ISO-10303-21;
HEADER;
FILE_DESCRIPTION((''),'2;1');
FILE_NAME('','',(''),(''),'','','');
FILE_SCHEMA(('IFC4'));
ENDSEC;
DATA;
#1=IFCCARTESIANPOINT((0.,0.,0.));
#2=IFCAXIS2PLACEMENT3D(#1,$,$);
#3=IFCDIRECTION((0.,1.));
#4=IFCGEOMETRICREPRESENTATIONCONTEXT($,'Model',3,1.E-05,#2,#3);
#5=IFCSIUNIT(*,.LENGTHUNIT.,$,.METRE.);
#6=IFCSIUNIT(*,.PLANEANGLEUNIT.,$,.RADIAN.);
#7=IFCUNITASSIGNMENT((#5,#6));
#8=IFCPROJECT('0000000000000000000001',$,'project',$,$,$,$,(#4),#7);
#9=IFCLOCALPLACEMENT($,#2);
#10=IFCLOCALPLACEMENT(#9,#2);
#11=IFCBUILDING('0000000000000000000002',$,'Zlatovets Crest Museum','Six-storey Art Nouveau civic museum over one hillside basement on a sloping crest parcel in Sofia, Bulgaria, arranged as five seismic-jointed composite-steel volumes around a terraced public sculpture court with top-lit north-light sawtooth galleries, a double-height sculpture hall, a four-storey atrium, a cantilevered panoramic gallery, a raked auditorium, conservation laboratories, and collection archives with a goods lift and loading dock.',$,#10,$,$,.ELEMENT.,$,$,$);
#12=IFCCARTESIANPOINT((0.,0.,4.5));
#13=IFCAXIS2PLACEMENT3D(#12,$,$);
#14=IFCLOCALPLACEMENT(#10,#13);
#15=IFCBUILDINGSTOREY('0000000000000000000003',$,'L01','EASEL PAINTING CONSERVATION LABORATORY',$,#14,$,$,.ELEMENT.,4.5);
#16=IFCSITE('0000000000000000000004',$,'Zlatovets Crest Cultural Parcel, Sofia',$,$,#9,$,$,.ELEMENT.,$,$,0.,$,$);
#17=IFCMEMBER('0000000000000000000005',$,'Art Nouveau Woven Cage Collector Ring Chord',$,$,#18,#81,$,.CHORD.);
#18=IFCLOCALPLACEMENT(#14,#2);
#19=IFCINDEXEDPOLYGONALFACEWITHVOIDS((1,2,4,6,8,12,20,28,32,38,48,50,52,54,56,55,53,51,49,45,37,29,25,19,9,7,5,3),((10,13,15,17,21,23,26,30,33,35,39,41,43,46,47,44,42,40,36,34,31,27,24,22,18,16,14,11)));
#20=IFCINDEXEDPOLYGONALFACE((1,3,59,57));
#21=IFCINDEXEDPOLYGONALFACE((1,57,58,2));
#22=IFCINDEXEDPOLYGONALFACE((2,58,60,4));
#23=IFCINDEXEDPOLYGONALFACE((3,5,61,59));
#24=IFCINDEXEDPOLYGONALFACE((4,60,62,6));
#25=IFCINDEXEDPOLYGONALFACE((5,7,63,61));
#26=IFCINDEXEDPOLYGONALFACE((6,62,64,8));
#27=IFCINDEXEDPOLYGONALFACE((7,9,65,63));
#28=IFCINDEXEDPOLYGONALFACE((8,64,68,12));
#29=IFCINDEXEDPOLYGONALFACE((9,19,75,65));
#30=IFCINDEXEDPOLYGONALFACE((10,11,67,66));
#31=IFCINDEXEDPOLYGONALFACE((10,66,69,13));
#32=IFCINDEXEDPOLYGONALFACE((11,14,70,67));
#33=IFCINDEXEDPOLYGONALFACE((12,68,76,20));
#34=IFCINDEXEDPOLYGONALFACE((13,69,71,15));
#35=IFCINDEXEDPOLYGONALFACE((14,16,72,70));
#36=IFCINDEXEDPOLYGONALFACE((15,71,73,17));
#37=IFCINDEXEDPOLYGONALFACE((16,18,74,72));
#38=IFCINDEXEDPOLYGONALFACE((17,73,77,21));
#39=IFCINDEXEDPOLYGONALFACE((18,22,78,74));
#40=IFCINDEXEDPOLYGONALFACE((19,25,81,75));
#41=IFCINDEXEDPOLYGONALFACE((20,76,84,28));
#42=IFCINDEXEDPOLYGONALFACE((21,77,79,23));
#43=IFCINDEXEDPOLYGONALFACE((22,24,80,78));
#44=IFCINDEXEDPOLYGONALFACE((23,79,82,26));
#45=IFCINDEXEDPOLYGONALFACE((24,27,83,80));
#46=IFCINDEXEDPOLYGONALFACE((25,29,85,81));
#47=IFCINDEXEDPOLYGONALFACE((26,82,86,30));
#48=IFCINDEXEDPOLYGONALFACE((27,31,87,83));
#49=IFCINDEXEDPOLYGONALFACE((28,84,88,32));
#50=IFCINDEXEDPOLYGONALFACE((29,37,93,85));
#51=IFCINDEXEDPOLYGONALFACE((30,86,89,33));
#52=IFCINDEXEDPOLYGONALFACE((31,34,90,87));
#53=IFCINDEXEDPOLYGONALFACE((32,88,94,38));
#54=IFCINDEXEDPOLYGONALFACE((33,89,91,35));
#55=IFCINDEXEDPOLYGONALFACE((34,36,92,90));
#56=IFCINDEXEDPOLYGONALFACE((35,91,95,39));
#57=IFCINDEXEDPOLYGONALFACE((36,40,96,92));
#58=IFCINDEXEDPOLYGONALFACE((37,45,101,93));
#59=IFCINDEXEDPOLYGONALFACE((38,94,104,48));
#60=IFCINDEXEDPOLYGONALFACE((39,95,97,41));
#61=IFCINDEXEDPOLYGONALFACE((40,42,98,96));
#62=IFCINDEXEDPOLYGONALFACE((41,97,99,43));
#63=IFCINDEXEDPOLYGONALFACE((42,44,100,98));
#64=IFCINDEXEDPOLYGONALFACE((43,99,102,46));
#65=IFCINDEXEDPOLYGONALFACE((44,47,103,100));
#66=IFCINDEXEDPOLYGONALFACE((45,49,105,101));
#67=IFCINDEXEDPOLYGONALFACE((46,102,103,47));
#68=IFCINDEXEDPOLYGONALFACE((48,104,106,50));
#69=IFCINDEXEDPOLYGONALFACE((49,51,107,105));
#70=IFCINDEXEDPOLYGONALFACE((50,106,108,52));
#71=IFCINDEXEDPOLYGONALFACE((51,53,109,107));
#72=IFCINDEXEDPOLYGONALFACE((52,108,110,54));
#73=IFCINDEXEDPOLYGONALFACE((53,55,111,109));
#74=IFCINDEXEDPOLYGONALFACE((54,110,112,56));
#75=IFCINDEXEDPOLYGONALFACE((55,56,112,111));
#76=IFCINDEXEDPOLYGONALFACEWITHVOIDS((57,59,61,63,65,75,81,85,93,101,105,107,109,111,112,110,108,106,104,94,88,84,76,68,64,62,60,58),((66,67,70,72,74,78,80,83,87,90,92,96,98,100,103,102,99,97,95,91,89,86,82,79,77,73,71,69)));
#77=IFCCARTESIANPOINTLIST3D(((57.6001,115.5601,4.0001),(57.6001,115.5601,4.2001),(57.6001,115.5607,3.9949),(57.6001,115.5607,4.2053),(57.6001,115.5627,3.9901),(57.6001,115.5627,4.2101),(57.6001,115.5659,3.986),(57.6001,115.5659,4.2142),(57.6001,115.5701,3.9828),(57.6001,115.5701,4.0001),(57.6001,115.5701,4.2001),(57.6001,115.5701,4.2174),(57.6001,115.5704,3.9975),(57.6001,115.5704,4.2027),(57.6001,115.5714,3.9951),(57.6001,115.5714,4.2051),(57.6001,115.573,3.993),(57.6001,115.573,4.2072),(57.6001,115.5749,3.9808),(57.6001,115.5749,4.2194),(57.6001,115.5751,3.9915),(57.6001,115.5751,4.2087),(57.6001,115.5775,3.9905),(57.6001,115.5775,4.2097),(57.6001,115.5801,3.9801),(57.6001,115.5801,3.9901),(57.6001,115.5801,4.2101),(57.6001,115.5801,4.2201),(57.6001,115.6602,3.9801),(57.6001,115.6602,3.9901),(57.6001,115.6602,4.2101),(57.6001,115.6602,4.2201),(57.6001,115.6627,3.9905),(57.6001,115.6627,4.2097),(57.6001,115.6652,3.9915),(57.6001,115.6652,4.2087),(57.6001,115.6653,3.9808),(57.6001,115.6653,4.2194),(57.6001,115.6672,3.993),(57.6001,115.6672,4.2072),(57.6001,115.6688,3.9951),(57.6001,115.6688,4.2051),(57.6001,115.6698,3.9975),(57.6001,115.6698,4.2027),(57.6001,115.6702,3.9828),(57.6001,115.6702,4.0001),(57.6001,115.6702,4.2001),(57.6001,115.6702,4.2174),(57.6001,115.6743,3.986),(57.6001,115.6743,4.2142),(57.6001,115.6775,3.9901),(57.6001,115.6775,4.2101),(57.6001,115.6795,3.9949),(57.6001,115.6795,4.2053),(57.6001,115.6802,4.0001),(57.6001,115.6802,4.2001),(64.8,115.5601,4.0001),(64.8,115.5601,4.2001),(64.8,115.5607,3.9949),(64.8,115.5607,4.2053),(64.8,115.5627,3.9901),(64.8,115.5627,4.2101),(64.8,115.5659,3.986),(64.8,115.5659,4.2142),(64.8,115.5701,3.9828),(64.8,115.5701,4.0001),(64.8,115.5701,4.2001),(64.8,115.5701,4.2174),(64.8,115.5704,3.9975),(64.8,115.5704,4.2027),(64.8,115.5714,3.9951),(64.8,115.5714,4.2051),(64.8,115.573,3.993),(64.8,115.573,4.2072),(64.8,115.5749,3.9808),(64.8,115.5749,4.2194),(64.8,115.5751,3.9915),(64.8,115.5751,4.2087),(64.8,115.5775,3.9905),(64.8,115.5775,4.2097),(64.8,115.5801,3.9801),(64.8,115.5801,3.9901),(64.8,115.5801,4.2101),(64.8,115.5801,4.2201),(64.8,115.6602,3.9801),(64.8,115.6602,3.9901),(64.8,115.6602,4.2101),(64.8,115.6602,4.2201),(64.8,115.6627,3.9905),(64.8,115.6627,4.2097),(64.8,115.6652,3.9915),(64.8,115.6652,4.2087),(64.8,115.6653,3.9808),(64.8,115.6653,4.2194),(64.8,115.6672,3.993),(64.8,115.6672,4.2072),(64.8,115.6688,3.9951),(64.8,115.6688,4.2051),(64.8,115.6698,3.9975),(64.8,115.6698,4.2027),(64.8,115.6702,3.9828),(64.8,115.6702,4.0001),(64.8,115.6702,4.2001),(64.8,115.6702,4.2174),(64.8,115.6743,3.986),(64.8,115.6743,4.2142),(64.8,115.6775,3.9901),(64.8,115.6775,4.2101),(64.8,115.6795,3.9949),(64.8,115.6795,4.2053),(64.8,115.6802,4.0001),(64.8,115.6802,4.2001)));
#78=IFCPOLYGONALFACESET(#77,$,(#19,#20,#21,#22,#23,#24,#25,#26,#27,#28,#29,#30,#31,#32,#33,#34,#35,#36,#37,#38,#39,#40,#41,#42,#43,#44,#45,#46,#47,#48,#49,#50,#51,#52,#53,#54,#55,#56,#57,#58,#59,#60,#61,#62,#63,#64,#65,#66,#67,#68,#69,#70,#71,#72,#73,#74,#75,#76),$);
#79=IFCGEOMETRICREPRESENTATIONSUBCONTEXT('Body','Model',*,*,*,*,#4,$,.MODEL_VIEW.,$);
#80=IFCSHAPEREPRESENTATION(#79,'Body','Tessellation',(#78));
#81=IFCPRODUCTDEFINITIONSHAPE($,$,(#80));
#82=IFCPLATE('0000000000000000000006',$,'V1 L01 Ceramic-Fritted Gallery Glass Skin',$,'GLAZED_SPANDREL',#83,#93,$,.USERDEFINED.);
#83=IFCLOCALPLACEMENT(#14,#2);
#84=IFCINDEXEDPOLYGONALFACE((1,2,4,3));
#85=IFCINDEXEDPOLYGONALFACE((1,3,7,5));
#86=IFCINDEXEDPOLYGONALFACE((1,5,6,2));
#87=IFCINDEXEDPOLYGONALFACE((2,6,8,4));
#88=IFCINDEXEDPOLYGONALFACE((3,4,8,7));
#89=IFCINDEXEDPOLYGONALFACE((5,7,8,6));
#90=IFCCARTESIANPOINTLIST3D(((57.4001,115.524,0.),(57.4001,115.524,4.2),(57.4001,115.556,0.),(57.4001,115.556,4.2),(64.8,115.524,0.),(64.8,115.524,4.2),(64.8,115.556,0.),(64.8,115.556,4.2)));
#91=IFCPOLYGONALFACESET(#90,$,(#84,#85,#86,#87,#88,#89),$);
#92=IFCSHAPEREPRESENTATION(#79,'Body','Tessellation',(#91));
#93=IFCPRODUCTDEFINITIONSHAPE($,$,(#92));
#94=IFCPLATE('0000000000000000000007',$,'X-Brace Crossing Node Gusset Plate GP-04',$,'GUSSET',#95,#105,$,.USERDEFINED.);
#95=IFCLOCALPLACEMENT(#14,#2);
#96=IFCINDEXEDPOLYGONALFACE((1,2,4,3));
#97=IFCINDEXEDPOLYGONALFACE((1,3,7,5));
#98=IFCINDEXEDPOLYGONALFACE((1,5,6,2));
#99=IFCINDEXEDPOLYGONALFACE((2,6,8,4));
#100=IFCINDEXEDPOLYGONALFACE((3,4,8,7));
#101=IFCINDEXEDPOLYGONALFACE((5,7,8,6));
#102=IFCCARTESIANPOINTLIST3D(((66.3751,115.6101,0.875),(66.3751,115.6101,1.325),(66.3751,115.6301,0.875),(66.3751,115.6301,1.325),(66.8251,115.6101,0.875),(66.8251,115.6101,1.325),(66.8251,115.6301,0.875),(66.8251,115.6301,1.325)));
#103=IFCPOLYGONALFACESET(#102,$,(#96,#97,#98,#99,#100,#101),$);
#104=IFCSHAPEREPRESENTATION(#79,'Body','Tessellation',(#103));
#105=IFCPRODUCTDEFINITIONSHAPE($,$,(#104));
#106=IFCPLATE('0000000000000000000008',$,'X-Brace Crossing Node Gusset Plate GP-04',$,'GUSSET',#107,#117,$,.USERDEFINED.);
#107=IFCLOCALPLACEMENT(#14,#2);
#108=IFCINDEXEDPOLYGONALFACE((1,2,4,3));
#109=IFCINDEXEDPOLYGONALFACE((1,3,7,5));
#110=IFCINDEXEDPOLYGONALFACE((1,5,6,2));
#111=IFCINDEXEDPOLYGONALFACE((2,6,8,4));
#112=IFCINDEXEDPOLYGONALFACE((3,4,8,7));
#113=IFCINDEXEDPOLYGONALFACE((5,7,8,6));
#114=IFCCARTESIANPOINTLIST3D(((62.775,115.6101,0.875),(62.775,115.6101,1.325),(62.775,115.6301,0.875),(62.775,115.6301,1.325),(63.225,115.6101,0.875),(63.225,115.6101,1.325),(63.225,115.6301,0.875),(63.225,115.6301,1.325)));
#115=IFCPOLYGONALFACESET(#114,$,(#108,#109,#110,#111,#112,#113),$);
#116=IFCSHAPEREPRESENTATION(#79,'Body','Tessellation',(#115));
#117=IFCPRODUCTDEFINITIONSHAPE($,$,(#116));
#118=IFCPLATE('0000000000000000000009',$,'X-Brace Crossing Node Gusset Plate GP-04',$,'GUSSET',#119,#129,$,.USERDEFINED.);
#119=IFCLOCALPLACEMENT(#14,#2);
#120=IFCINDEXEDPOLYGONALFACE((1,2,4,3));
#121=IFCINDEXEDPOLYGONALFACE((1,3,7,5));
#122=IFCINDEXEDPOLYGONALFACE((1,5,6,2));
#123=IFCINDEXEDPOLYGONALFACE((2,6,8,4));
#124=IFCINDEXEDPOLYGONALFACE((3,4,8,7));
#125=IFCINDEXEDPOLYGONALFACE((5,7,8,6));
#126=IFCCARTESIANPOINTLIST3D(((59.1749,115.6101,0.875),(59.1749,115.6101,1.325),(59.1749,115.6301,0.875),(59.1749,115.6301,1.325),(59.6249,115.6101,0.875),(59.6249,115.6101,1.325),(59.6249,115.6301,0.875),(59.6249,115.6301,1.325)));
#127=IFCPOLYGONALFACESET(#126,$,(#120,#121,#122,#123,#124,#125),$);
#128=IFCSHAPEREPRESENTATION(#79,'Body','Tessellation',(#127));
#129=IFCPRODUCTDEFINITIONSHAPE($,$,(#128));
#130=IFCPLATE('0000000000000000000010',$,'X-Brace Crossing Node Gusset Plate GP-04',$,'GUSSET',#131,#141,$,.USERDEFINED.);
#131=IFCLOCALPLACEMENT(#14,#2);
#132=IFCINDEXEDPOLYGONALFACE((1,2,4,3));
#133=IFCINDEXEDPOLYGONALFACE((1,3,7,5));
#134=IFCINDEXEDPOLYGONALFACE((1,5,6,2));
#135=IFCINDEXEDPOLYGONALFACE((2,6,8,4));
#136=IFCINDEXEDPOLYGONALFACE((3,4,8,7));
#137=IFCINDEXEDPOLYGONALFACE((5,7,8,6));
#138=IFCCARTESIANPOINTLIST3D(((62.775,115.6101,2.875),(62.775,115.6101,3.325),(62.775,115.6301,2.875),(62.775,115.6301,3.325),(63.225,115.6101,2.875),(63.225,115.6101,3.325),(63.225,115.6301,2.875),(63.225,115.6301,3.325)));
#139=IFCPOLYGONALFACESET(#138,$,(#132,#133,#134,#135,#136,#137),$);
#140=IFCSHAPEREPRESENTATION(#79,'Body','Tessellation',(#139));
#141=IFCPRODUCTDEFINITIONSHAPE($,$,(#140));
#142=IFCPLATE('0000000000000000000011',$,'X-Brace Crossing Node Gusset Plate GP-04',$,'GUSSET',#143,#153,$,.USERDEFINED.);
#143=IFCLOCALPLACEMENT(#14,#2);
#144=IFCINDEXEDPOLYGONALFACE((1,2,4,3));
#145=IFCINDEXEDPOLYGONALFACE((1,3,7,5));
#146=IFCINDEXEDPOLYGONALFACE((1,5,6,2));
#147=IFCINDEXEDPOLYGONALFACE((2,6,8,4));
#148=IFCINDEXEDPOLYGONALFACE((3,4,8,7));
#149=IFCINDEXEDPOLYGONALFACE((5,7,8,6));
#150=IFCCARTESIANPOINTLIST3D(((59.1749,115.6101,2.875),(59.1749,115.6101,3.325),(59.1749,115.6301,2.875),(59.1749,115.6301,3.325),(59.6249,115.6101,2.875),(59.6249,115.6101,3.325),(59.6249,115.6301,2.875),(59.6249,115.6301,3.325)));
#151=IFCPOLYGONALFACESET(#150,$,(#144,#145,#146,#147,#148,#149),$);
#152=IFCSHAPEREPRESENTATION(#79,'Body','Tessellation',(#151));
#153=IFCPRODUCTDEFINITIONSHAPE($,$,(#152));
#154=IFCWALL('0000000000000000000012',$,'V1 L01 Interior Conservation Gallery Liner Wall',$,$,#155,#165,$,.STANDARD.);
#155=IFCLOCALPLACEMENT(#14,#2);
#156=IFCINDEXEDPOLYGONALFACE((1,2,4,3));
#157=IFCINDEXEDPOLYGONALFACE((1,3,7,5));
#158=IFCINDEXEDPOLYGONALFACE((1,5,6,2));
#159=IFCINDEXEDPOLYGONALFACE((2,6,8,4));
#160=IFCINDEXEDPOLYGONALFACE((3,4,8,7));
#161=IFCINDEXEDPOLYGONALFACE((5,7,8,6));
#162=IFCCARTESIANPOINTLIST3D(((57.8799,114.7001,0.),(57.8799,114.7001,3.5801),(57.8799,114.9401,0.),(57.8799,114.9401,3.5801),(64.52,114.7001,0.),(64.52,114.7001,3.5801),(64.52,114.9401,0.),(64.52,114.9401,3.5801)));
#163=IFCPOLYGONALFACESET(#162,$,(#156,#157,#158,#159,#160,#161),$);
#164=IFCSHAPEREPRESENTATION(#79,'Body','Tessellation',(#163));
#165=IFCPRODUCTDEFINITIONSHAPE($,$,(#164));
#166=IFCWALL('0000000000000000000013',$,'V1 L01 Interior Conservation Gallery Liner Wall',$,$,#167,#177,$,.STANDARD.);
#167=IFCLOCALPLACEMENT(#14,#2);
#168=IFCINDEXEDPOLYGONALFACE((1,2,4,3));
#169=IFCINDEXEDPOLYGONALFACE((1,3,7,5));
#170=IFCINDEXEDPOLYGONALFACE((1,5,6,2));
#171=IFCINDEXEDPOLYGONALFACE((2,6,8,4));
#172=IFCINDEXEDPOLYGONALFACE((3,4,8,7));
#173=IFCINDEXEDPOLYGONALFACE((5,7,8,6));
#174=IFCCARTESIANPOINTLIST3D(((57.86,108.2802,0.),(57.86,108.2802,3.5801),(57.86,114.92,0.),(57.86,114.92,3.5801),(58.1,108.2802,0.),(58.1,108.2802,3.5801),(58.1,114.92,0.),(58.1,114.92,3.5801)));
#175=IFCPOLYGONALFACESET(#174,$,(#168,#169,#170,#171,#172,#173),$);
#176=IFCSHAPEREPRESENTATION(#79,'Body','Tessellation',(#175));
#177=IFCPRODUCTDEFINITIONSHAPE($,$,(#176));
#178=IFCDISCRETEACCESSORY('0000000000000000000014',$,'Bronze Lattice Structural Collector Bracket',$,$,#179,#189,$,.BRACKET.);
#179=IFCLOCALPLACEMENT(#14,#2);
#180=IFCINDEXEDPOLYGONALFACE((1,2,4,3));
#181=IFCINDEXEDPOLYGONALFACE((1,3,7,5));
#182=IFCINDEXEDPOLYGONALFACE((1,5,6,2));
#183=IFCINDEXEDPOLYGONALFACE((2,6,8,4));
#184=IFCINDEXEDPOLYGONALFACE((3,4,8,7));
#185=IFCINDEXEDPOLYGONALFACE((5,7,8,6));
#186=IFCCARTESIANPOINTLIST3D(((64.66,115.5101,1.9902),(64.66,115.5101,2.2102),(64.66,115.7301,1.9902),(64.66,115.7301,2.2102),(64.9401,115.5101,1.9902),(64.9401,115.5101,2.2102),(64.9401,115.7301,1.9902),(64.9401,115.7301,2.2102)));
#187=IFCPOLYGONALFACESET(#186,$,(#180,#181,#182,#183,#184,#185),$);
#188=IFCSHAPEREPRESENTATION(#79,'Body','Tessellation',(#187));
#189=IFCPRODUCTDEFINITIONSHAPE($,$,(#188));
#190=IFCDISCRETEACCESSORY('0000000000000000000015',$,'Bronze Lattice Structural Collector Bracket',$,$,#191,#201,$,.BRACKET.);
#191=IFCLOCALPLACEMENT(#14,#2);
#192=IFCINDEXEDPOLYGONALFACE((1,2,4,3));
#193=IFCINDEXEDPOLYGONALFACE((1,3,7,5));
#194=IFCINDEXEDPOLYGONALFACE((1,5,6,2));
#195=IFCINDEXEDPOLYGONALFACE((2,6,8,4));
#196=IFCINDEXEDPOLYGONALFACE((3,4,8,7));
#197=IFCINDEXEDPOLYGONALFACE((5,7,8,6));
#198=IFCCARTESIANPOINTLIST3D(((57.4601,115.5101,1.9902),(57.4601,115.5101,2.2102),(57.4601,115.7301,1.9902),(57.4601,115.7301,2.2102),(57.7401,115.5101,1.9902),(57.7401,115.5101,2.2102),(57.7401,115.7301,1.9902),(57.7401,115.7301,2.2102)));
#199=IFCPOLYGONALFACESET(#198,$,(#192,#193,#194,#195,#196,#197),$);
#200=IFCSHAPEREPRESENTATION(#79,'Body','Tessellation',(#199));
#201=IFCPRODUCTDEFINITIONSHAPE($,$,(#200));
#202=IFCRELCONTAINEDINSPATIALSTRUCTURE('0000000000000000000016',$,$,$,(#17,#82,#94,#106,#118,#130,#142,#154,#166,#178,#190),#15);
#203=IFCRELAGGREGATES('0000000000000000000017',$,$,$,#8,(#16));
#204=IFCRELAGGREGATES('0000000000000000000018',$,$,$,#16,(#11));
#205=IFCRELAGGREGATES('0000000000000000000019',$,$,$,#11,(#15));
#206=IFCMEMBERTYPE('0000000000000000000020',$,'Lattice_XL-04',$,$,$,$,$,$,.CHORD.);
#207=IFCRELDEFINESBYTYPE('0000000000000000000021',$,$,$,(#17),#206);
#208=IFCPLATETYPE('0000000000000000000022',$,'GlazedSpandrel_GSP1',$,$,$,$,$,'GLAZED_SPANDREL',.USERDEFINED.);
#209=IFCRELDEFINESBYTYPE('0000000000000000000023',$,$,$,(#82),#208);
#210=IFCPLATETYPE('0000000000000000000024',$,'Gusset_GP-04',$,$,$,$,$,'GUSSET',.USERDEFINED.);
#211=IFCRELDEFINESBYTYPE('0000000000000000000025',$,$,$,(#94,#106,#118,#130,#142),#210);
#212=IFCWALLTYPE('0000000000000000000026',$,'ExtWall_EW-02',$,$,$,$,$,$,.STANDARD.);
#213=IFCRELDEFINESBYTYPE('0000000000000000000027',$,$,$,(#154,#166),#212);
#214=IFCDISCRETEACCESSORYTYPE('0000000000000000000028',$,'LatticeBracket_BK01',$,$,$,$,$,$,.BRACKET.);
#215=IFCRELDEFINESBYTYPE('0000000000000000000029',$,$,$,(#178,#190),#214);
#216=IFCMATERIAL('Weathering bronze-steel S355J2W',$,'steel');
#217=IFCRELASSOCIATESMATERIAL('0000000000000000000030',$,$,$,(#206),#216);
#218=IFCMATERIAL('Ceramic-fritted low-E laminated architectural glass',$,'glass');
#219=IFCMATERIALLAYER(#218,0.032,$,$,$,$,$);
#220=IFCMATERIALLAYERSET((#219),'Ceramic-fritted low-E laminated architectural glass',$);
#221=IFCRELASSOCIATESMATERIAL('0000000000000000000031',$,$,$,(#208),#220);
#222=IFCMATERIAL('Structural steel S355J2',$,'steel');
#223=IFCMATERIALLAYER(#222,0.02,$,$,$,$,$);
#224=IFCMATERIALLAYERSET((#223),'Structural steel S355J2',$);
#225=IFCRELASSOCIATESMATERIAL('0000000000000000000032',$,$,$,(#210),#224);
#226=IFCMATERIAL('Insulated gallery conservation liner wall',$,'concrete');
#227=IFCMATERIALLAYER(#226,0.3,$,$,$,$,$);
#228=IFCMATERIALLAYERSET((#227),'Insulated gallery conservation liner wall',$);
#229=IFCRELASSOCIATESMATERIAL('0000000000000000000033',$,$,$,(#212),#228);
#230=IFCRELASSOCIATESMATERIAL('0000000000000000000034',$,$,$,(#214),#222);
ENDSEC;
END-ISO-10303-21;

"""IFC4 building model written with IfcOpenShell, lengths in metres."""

from ifc_helpers import new_model, si_unit, direction, frame, frame_2d, origin, origin_2d, place, context, subcontext, project, spatial, rectangle, hollow_rectangle, extrude, material, layer, layer_set, material_profile, profile_set, type_object, element, save


model = new_model("IFC4")

# Units and contexts
model_context = context("Model", 3, precision=1e-05, world=origin(), true_north=direction((0.0, 1.0)))
body_context = subcontext(model_context, "Body", "Model", "MODEL_VIEW")
ifc_project = project(units=[si_unit("LENGTHUNIT", "METRE"), si_unit("PLANEANGLEUNIT", "RADIAN")], contexts=[model_context])

# Site, building, storey
site_placement = place(None, origin())
site = spatial("IfcSite", under=ifc_project, at=site_placement, Name="Zlatovets Crest Cultural Parcel, Sofia", CompositionType="ELEMENT", RefElevation=0.0)
building_placement = place(site_placement, origin())
building = spatial("IfcBuilding", under=site, at=building_placement, Name="Zlatovets Crest Museum", Description="Six-storey Art Nouveau civic museum over one hillside basement on a sloping crest parcel in Sofia, Bulgaria, arranged as five seismic-jointed composite-steel volumes around a terraced public sculpture court with top-lit north-light sawtooth galleries, a double-height sculpture hall, a four-storey atrium, a cantilevered panoramic gallery, a raked auditorium, conservation laboratories, and collection archives with a goods lift and loading dock.", CompositionType="ELEMENT")
storey_placement = place(building_placement, frame((0.0, 0.0, 4.5)))
storey = spatial("IfcBuildingStorey", under=building, at=storey_placement, Name="L01", Description="EASEL PAINTING CONSERVATION LABORATORY", CompositionType="ELEMENT", Elevation=4.5)

# Shared definitions
ifc_material_1 = material(Name="Structural steel S355J2", Category="steel")

# Member
ifc_material_2 = material(Name="Weathering bronze-steel S355J2W", Category="steel")
ifc_material_profile_1 = material_profile(ifc_material_2, hollow_rectangle(XDim=0.1201, YDim=0.24, WallThickness=0.01, InnerFilletRadius=0.01, OuterFilletRadius=0.02, at=origin_2d()), Name="RHS 120x240x10.0")
ifc_profile_set_1 = profile_set([ifc_material_profile_1], Name="Weathering bronze-steel S355J2W")
member_type_1 = type_object("IfcMemberType", Name="Lattice_XL-04", PredefinedType="CHORD", material=ifc_profile_set_1)
member_1_placement = place(storey_placement, frame((64.8, 115.6201, 4.1001), z_axis=(-1.0, 0.0, 0.0), x_axis=(0.0, -1.0, 0.0)))
element("IfcMember", 1, at=member_1_placement, inside=storey, type_object=member_type_1, Name="Art Nouveau Woven Cage Collector Ring Chord", PredefinedType="CHORD", context=body_context, shape_type="SweptSolid", body=[
    extrude(hollow_rectangle(XDim=0.1201, YDim=0.24, WallThickness=0.01, InnerFilletRadius=0.01, OuterFilletRadius=0.02, at=origin_2d()), origin(), (0.0, 0.0, 1.0), 7.2),
])

# Plates
ifc_material_3 = material(Name="Ceramic-fritted low-E laminated architectural glass", Category="glass")
ifc_layer_1 = layer(ifc_material_3, 0.032)
ifc_layer_set_1 = layer_set([ifc_layer_1], Name="Ceramic-fritted low-E laminated architectural glass")
plate_type_1 = type_object("IfcPlateType", Name="GlazedSpandrel_GSP1", ElementType="GLAZED_SPANDREL", PredefinedType="USERDEFINED", material=ifc_layer_set_1)
plate_placement = place(storey_placement, frame((61.1001, 115.54, 0.0), z_axis=(0.0, 0.0, 1.0), x_axis=(1.0, 0.0, 0.0)))
element("IfcPlate", 2, at=plate_placement, inside=storey, type_object=plate_type_1, Name="V1 L01 Ceramic-Fritted Gallery Glass Skin", ObjectType="GLAZED_SPANDREL", PredefinedType="USERDEFINED", context=body_context, shape_type="SweptSolid", body=[
    extrude(rectangle(XDim=7.3999, YDim=0.032, at=origin_2d()), origin(), (0.0, 0.0, 1.0), 4.2),
])
ifc_layer_2 = layer(ifc_material_1, 0.02)
ifc_layer_set_2 = layer_set([ifc_layer_2], Name="Structural steel S355J2")
plate_type_2 = type_object("IfcPlateType", Name="Gusset_GP-04", ElementType="GUSSET", PredefinedType="USERDEFINED", material=ifc_layer_set_2)
for number, where, z_axis, x_axis, name in (
    (3, (66.6001, 115.6201, 0.875), (0.0, 0.0, 1.0), (1.0, 0.0, 0.0), "X-Brace Crossing Node Gusset Plate GP-04"),
    (4, (63.0, 115.6201, 0.875), (0.0, 0.0, 1.0), (1.0, 0.0, 0.0), "X-Brace Crossing Node Gusset Plate GP-04"),
    (5, (59.3999, 115.6201, 0.875), (0.0, 0.0, 1.0), (1.0, 0.0, 0.0), "X-Brace Crossing Node Gusset Plate GP-04"),
    (6, (63.0, 115.6201, 2.875), (0.0, 0.0, 1.0), (1.0, 0.0, 0.0), "X-Brace Crossing Node Gusset Plate GP-04"),
    (7, (59.3999, 115.6201, 2.875), (0.0, 0.0, 1.0), (1.0, 0.0, 0.0), "X-Brace Crossing Node Gusset Plate GP-04"),
):
    element("IfcPlate", number, at=place(storey_placement, frame(where, z_axis=z_axis, x_axis=x_axis)), inside=storey, type_object=plate_type_2, Name=name, ObjectType="GUSSET", PredefinedType="USERDEFINED", context=body_context, shape_type="SweptSolid", body=[
        extrude(rectangle(XDim=0.45, YDim=0.02, at=origin_2d()), origin(), (0.0, 0.0, 1.0), 0.45),
    ])

# Walls
ifc_material_4 = material(Name="Insulated gallery conservation liner wall", Category="concrete")
ifc_layer_3 = layer(ifc_material_4, 0.3)
ifc_layer_set_3 = layer_set([ifc_layer_3], Name="Insulated gallery conservation liner wall")
wall_type = type_object("IfcWallType", Name="ExtWall_EW-02", PredefinedType="STANDARD", material=ifc_layer_set_3)
wall_1_placement = place(storey_placement, frame((64.52, 114.8201, 0.0), z_axis=(0.0, 0.0, 1.0), x_axis=(-1.0, 0.0, 0.0)))
element("IfcWall", 8, at=wall_1_placement, inside=storey, type_object=wall_type, Name="V1 L01 Interior Conservation Gallery Liner Wall", PredefinedType="STANDARD", context=body_context, shape_type="SweptSolid", body=[
    extrude(rectangle(XDim=6.6401, YDim=0.24, at=frame_2d((3.3201, 0.0))), origin(), (0.0, 0.0, 1.0), 3.5801),
])
wall_2_placement = place(storey_placement, frame((57.98, 114.9199, 0.0), z_axis=(0.0, 0.0, 1.0), x_axis=(0.0, -1.0, 0.0)))
element("IfcWall", 9, at=wall_2_placement, inside=storey, type_object=wall_type, Name="V1 L01 Interior Conservation Gallery Liner Wall", PredefinedType="STANDARD", context=body_context, shape_type="SweptSolid", body=[
    extrude(rectangle(XDim=6.6399, YDim=0.24, at=frame_2d((3.3198, 0.0))), origin(), (0.0, 0.0, 1.0), 3.5801),
])

# Discrete accessories
discrete_accessory_type = type_object("IfcDiscreteAccessoryType", Name="LatticeBracket_BK01", PredefinedType="BRACKET", material=ifc_material_1)
for number, where, z_axis, x_axis, name in (
    (10, (64.8, 115.6201, 1.9902), (0.0, 0.0, 1.0), (1.0, 0.0, 0.0), "Bronze Lattice Structural Collector Bracket"),
    (11, (57.6001, 115.6201, 1.9902), (0.0, 0.0, 1.0), (1.0, 0.0, 0.0), "Bronze Lattice Structural Collector Bracket"),
):
    element("IfcDiscreteAccessory", number, at=place(storey_placement, frame(where, z_axis=z_axis, x_axis=x_axis)), inside=storey, type_object=discrete_accessory_type, Name=name, PredefinedType="BRACKET", context=body_context, shape_type="SweptSolid", body=[
        extrude(rectangle(XDim=0.28, YDim=0.22, at=origin_2d()), origin(), (0.0, 0.0, 1.0), 0.22),
    ])

save(model, "model.ifc")
